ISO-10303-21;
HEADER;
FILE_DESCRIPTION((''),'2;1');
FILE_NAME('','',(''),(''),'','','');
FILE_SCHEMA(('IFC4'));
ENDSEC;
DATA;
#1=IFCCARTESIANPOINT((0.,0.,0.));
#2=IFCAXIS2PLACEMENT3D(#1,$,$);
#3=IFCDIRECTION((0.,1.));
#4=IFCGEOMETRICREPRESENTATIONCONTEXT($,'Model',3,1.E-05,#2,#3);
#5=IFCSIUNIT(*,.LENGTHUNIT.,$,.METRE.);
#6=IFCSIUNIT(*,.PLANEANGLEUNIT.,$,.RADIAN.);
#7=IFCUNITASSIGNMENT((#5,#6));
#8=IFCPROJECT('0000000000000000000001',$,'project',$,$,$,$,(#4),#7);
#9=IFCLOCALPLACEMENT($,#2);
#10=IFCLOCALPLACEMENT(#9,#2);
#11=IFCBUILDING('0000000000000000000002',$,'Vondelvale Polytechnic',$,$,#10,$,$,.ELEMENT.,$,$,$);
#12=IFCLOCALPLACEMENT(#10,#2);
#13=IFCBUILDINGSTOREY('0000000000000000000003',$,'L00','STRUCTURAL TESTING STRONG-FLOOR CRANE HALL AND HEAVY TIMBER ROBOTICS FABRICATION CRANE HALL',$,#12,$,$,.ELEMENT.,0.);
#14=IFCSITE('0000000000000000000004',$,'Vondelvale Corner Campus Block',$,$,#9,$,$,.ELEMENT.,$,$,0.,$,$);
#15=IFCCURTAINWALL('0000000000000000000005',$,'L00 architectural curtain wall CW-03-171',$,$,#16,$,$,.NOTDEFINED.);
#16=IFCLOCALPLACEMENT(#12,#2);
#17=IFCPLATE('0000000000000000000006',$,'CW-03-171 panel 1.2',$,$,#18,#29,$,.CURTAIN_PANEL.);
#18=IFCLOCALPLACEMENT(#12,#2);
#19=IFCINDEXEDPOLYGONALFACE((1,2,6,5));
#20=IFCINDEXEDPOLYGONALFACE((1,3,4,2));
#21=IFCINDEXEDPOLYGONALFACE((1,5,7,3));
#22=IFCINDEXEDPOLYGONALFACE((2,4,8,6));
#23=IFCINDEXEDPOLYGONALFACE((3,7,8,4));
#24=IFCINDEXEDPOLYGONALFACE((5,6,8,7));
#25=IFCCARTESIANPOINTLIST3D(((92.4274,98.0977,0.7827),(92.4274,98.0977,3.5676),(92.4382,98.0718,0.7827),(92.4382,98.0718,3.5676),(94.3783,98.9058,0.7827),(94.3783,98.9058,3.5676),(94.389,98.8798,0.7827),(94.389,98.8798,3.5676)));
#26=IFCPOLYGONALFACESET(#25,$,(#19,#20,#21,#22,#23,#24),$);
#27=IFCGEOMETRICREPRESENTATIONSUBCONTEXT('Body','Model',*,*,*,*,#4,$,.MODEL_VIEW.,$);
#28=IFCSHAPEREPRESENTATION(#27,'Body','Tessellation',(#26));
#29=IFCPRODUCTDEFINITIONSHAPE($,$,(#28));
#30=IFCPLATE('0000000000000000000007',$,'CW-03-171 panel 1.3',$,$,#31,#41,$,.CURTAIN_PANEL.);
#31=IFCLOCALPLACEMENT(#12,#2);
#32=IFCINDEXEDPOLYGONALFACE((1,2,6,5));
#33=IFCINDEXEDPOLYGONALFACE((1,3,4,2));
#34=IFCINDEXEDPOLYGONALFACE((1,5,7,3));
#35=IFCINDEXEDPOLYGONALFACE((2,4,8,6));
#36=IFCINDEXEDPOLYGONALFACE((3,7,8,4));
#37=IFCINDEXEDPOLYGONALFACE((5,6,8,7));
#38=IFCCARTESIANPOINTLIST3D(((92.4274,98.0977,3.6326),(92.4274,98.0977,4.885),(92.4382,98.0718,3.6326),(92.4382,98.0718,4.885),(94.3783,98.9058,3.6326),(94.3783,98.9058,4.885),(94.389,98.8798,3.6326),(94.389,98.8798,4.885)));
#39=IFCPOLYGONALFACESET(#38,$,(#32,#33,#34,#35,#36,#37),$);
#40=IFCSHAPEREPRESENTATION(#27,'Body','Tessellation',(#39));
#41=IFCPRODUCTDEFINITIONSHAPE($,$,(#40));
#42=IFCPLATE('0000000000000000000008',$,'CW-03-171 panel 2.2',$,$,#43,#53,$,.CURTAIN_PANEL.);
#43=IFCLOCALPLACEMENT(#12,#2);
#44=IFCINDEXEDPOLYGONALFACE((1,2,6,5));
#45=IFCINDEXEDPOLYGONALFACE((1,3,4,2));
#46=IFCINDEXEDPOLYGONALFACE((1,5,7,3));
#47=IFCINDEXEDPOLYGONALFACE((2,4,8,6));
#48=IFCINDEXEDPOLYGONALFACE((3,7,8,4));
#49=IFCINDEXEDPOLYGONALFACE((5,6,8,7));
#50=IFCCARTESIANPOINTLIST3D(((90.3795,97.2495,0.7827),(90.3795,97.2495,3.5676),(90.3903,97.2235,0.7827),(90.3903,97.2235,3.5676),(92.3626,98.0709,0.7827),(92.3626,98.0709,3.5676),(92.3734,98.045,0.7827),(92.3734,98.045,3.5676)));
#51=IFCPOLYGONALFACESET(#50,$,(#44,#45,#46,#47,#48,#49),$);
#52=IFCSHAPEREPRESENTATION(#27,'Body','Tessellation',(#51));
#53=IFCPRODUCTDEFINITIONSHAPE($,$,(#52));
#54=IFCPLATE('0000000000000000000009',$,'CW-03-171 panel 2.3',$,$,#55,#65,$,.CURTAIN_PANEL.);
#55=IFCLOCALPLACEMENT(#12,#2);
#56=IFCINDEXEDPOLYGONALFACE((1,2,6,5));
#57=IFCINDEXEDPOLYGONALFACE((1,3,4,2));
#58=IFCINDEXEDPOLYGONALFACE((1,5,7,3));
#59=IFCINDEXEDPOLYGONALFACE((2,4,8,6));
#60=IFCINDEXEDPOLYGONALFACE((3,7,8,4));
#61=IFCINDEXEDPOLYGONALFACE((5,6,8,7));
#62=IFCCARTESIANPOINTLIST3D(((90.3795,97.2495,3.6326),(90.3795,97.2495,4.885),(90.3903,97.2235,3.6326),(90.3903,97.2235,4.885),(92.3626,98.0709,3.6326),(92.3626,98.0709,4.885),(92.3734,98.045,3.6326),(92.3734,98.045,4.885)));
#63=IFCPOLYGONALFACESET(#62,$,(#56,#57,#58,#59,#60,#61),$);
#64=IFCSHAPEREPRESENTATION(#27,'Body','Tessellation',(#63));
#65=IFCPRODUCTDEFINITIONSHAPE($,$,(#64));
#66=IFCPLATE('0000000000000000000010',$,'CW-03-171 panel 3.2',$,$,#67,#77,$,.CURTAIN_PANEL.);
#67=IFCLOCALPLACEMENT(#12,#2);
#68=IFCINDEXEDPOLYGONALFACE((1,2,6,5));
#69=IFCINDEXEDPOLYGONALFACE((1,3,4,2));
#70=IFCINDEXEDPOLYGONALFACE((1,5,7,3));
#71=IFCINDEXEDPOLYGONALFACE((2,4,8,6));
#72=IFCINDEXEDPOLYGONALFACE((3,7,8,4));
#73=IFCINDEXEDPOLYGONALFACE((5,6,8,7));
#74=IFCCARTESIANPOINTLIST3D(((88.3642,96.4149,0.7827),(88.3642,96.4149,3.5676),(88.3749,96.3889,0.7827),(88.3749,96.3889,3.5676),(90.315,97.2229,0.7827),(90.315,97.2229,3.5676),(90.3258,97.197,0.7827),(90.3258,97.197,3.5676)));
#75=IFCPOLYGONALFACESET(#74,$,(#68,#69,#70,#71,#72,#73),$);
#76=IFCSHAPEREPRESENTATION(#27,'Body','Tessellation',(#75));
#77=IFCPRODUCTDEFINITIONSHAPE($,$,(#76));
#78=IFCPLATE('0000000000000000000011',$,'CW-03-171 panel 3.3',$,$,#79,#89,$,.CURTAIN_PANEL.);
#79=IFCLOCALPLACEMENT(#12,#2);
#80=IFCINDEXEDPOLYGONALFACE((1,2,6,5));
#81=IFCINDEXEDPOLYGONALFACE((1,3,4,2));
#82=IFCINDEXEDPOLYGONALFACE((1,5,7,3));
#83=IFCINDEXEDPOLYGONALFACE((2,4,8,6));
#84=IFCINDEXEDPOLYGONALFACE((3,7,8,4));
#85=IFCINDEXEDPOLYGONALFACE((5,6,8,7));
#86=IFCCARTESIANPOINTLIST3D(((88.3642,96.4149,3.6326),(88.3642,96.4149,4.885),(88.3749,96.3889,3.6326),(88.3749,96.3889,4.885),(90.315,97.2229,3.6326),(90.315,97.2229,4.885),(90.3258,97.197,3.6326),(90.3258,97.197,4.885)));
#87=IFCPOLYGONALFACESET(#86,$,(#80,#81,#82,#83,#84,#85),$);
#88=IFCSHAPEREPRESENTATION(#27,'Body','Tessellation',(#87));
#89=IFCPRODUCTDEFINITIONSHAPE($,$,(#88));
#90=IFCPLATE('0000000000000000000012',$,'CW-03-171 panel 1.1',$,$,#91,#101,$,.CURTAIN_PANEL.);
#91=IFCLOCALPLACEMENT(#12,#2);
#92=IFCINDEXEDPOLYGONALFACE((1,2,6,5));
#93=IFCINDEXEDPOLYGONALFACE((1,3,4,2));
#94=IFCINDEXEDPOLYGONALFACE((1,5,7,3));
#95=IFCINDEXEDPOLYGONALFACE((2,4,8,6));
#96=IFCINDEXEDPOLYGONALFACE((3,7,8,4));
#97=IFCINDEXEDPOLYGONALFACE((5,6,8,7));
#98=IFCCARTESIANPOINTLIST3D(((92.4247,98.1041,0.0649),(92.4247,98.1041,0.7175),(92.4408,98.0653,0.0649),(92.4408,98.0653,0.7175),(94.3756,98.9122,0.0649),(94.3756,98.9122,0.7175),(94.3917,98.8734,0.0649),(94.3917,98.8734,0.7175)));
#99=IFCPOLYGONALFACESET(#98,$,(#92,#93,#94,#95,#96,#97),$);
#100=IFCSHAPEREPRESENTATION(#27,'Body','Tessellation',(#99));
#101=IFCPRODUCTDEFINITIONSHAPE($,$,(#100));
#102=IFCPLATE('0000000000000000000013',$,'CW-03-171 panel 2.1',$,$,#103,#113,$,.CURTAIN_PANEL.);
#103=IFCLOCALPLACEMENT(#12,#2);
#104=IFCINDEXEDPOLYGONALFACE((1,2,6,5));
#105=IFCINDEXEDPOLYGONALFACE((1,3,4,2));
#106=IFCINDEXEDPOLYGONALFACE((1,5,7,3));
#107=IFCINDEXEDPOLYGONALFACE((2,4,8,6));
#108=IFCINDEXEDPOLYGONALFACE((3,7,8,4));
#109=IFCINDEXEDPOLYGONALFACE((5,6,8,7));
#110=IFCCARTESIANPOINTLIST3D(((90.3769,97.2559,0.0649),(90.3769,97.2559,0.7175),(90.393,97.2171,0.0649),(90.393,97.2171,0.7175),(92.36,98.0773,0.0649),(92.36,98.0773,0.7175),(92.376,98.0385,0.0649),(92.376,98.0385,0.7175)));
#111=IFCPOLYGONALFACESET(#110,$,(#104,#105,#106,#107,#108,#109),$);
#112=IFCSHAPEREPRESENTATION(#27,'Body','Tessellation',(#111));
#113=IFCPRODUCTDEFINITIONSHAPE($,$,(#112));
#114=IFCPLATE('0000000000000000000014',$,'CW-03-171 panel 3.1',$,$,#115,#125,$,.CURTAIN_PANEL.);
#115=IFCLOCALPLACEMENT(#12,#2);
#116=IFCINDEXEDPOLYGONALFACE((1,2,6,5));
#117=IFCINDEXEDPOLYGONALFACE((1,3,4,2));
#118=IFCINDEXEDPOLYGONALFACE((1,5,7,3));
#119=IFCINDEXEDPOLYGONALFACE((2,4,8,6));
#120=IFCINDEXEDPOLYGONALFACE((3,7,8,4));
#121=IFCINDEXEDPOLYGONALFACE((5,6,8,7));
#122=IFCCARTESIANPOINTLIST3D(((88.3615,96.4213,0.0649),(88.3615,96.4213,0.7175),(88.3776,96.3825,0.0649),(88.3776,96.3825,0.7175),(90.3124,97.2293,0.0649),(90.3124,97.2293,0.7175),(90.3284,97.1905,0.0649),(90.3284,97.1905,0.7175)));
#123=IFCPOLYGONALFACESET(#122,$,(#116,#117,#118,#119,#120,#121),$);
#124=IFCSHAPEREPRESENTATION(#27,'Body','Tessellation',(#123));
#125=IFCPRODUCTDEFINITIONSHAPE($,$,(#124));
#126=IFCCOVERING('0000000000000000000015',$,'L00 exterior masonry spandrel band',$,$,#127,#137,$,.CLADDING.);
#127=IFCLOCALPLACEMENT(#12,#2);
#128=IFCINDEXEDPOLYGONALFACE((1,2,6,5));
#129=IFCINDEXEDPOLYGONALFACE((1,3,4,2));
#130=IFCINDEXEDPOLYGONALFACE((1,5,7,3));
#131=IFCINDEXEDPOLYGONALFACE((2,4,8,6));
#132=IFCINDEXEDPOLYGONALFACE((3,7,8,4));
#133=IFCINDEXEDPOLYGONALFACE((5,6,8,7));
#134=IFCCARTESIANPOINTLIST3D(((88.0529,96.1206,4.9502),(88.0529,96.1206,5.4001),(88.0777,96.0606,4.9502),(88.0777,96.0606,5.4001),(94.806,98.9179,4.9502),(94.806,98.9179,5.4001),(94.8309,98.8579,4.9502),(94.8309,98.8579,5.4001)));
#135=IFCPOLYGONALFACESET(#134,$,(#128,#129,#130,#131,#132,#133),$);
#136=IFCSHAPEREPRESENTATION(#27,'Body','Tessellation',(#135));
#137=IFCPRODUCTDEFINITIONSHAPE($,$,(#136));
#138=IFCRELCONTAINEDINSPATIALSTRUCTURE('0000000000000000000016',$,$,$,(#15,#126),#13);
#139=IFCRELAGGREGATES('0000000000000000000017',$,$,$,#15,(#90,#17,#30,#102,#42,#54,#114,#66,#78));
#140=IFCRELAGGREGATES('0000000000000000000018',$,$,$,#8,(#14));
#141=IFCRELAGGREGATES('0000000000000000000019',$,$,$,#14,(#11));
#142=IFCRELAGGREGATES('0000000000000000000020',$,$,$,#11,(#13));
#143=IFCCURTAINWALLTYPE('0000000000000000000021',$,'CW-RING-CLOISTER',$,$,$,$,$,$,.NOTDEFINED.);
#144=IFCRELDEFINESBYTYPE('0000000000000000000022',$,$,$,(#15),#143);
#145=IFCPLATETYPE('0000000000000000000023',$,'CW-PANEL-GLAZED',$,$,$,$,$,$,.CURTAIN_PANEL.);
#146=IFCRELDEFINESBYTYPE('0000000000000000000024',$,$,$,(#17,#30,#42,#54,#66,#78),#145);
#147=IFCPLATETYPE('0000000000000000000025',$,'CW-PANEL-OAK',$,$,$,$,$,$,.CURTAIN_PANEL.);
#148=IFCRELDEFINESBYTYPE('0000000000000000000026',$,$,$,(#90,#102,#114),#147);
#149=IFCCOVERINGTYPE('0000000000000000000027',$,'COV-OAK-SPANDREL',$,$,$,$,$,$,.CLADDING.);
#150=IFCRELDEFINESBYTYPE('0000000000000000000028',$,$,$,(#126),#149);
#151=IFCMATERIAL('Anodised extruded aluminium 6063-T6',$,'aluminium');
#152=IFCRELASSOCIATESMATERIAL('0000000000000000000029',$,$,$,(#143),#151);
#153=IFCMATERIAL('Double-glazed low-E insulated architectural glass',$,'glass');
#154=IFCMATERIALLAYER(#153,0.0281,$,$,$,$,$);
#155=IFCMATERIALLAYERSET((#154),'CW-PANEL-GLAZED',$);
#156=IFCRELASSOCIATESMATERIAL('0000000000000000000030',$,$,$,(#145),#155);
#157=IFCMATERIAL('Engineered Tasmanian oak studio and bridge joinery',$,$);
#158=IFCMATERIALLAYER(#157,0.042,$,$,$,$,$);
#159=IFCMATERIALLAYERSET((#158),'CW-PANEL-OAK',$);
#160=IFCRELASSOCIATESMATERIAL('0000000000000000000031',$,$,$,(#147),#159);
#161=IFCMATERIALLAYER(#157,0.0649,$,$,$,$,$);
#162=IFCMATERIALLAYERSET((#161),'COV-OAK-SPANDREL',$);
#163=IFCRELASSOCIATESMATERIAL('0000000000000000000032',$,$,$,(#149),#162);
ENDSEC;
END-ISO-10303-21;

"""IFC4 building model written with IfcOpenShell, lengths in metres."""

from ifc_helpers import new_model, si_unit, direction, frame, origin, origin_2d, place, context, subcontext, project, spatial, rectangle, extrude, material, layer, layer_set, type_object, element, aggregate, save


model = new_model("IFC4")

# Units and contexts
model_context = context("Model", 3, precision=1e-05, world=origin(), true_north=direction((0.0, 1.0)))
body_context = subcontext(model_context, "Body", "Model", "MODEL_VIEW")
ifc_project = project(units=[si_unit("LENGTHUNIT", "METRE"), si_unit("PLANEANGLEUNIT", "RADIAN")], contexts=[model_context])

# Site, building, storey
site_placement = place(None, origin())
site = spatial("IfcSite", under=ifc_project, at=site_placement, Name="Vondelvale Corner Campus Block", CompositionType="ELEMENT", RefElevation=0.0)
building_placement = place(site_placement, origin())
building = spatial("IfcBuilding", under=site, at=building_placement, Name="Vondelvale Polytechnic", CompositionType="ELEMENT")
storey_placement = place(building_placement, origin())
storey = spatial("IfcBuildingStorey", under=building, at=storey_placement, Name="L00", Description="STRUCTURAL TESTING STRONG-FLOOR CRANE HALL AND HEAVY TIMBER ROBOTICS FABRICATION CRANE HALL", CompositionType="ELEMENT", Elevation=0.0)

# Curtain wall, plates
ifc_material_1 = material(Name="Anodised extruded aluminium 6063-T6", Category="aluminium")
curtain_wall_type = type_object("IfcCurtainWallType", Name="CW-RING-CLOISTER", PredefinedType="NOTDEFINED", material=ifc_material_1)
curtain_wall_placement = place(storey_placement, origin())
curtain_wall = element("IfcCurtainWall", 1, at=curtain_wall_placement, inside=storey, type_object=curtain_wall_type, Name="L00 architectural curtain wall CW-03-171", PredefinedType="NOTDEFINED")
ifc_material_2 = material(Name="Double-glazed low-E insulated architectural glass", Category="glass")
ifc_layer_1 = layer(ifc_material_2, 0.0281)
ifc_layer_set_1 = layer_set([ifc_layer_1], Name="CW-PANEL-GLAZED")
plate_type_1 = type_object("IfcPlateType", Name="CW-PANEL-GLAZED", PredefinedType="CURTAIN_PANEL", material=ifc_layer_set_1)
plate_1_placement = place(storey_placement, frame((93.4082, 98.4888, 0.7827), z_axis=(0.0, 0.0, 1.0), x_axis=(-0.923882, -0.382679, 0.0)))
plate_1 = element("IfcPlate", 2, at=plate_1_placement, type_object=plate_type_1, Name="CW-03-171 panel 1.2", PredefinedType="CURTAIN_PANEL", context=body_context, shape_type="SweptSolid", body=[
    extrude(rectangle(XDim=2.1116, YDim=0.0281, at=origin_2d()), origin(), (0.0, 0.0, 1.0), 2.7849),
])
plate_2_placement = place(storey_placement, frame((93.4082, 98.4888, 3.6326), z_axis=(0.0, 0.0, 1.0), x_axis=(-0.923882, -0.382679, 0.0)))
plate_2 = element("IfcPlate", 3, at=plate_2_placement, type_object=plate_type_1, Name="CW-03-171 panel 1.3", PredefinedType="CURTAIN_PANEL", context=body_context, shape_type="SweptSolid", body=[
    extrude(rectangle(XDim=2.1116, YDim=0.0281, at=origin_2d()), origin(), (0.0, 0.0, 1.0), 1.2524),
])
plate_3_placement = place(storey_placement, frame((91.3765, 97.6472, 0.7827), z_axis=(0.0, 0.0, 1.0), x_axis=(-0.923882, -0.382679, 0.0)))
plate_3 = element("IfcPlate", 4, at=plate_3_placement, type_object=plate_type_1, Name="CW-03-171 panel 2.2", PredefinedType="CURTAIN_PANEL", context=body_context, shape_type="SweptSolid", body=[
    extrude(rectangle(XDim=2.1465, YDim=0.0281, at=origin_2d()), origin(), (0.0, 0.0, 1.0), 2.7849),
])
plate_4_placement = place(storey_placement, frame((91.3765, 97.6472, 3.6326), z_axis=(0.0, 0.0, 1.0), x_axis=(-0.923882, -0.382679, 0.0)))
plate_4 = element("IfcPlate", 5, at=plate_4_placement, type_object=plate_type_1, Name="CW-03-171 panel 2.3", PredefinedType="CURTAIN_PANEL", context=body_context, shape_type="SweptSolid", body=[
    extrude(rectangle(XDim=2.1465, YDim=0.0281, at=origin_2d()), origin(), (0.0, 0.0, 1.0), 1.2524),
])
plate_5_placement = place(storey_placement, frame((89.345, 96.8059, 0.7827), z_axis=(0.0, 0.0, 1.0), x_axis=(-0.923882, -0.382679, 0.0)))
plate_5 = element("IfcPlate", 6, at=plate_5_placement, type_object=plate_type_1, Name="CW-03-171 panel 3.2", PredefinedType="CURTAIN_PANEL", context=body_context, shape_type="SweptSolid", body=[
    extrude(rectangle(XDim=2.1116, YDim=0.0281, at=origin_2d()), origin(), (0.0, 0.0, 1.0), 2.7849),
])
plate_6_placement = place(storey_placement, frame((89.345, 96.8059, 3.6326), z_axis=(0.0, 0.0, 1.0), x_axis=(-0.923882, -0.382679, 0.0)))
plate_6 = element("IfcPlate", 7, at=plate_6_placement, type_object=plate_type_1, Name="CW-03-171 panel 3.3", PredefinedType="CURTAIN_PANEL", context=body_context, shape_type="SweptSolid", body=[
    extrude(rectangle(XDim=2.1116, YDim=0.0281, at=origin_2d()), origin(), (0.0, 0.0, 1.0), 1.2524),
])
ifc_material_3 = material(Name="Engineered Tasmanian oak studio and bridge joinery")
ifc_layer_2 = layer(ifc_material_3, 0.042)
ifc_layer_set_2 = layer_set([ifc_layer_2], Name="CW-PANEL-OAK")
plate_type_2 = type_object("IfcPlateType", Name="CW-PANEL-OAK", PredefinedType="CURTAIN_PANEL", material=ifc_layer_set_2)
plate_7_placement = place(storey_placement, frame((93.4082, 98.4888, 0.0649), z_axis=(0.0, 0.0, 1.0), x_axis=(-0.923882, -0.382679, 0.0)))
plate_7 = element("IfcPlate", 8, at=plate_7_placement, type_object=plate_type_2, Name="CW-03-171 panel 1.1", PredefinedType="CURTAIN_PANEL", context=body_context, shape_type="SweptSolid", body=[
    extrude(rectangle(XDim=2.1116, YDim=0.042, at=origin_2d()), origin(), (0.0, 0.0, 1.0), 0.6526),
])
plate_8_placement = place(storey_placement, frame((91.3765, 97.6472, 0.0649), z_axis=(0.0, 0.0, 1.0), x_axis=(-0.923882, -0.382679, 0.0)))
plate_8 = element("IfcPlate", 9, at=plate_8_placement, type_object=plate_type_2, Name="CW-03-171 panel 2.1", PredefinedType="CURTAIN_PANEL", context=body_context, shape_type="SweptSolid", body=[
    extrude(rectangle(XDim=2.1465, YDim=0.042, at=origin_2d()), origin(), (0.0, 0.0, 1.0), 0.6526),
])
plate_9_placement = place(storey_placement, frame((89.345, 96.8059, 0.0649), z_axis=(0.0, 0.0, 1.0), x_axis=(-0.923882, -0.382679, 0.0)))
plate_9 = element("IfcPlate", 10, at=plate_9_placement, type_object=plate_type_2, Name="CW-03-171 panel 3.1", PredefinedType="CURTAIN_PANEL", context=body_context, shape_type="SweptSolid", body=[
    extrude(rectangle(XDim=2.1116, YDim=0.042, at=origin_2d()), origin(), (0.0, 0.0, 1.0), 0.6526),
])
aggregate(curtain_wall, [plate_7, plate_1, plate_2, plate_8, plate_3, plate_4, plate_9, plate_5, plate_6])

# Covering
ifc_layer_3 = layer(ifc_material_3, 0.0649)
ifc_layer_set_3 = layer_set([ifc_layer_3], Name="COV-OAK-SPANDREL")
covering_type = type_object("IfcCoveringType", Name="COV-OAK-SPANDREL", PredefinedType="CLADDING", material=ifc_layer_set_3)
covering_placement = place(storey_placement, frame((91.4419, 97.4893, 4.9502), z_axis=(0.0, 0.0, 1.0), x_axis=(-0.92388, -0.382683, 0.0)))
element("IfcCovering", 11, at=covering_placement, inside=storey, type_object=covering_type, Name="L00 exterior masonry spandrel band", PredefinedType="CLADDING", context=body_context, shape_type="SweptSolid", body=[
    extrude(rectangle(XDim=7.3096, YDim=0.0649, at=origin_2d()), origin(), (0.0, 0.0, 1.0), 0.45),
])

save(model, "model.ifc")
